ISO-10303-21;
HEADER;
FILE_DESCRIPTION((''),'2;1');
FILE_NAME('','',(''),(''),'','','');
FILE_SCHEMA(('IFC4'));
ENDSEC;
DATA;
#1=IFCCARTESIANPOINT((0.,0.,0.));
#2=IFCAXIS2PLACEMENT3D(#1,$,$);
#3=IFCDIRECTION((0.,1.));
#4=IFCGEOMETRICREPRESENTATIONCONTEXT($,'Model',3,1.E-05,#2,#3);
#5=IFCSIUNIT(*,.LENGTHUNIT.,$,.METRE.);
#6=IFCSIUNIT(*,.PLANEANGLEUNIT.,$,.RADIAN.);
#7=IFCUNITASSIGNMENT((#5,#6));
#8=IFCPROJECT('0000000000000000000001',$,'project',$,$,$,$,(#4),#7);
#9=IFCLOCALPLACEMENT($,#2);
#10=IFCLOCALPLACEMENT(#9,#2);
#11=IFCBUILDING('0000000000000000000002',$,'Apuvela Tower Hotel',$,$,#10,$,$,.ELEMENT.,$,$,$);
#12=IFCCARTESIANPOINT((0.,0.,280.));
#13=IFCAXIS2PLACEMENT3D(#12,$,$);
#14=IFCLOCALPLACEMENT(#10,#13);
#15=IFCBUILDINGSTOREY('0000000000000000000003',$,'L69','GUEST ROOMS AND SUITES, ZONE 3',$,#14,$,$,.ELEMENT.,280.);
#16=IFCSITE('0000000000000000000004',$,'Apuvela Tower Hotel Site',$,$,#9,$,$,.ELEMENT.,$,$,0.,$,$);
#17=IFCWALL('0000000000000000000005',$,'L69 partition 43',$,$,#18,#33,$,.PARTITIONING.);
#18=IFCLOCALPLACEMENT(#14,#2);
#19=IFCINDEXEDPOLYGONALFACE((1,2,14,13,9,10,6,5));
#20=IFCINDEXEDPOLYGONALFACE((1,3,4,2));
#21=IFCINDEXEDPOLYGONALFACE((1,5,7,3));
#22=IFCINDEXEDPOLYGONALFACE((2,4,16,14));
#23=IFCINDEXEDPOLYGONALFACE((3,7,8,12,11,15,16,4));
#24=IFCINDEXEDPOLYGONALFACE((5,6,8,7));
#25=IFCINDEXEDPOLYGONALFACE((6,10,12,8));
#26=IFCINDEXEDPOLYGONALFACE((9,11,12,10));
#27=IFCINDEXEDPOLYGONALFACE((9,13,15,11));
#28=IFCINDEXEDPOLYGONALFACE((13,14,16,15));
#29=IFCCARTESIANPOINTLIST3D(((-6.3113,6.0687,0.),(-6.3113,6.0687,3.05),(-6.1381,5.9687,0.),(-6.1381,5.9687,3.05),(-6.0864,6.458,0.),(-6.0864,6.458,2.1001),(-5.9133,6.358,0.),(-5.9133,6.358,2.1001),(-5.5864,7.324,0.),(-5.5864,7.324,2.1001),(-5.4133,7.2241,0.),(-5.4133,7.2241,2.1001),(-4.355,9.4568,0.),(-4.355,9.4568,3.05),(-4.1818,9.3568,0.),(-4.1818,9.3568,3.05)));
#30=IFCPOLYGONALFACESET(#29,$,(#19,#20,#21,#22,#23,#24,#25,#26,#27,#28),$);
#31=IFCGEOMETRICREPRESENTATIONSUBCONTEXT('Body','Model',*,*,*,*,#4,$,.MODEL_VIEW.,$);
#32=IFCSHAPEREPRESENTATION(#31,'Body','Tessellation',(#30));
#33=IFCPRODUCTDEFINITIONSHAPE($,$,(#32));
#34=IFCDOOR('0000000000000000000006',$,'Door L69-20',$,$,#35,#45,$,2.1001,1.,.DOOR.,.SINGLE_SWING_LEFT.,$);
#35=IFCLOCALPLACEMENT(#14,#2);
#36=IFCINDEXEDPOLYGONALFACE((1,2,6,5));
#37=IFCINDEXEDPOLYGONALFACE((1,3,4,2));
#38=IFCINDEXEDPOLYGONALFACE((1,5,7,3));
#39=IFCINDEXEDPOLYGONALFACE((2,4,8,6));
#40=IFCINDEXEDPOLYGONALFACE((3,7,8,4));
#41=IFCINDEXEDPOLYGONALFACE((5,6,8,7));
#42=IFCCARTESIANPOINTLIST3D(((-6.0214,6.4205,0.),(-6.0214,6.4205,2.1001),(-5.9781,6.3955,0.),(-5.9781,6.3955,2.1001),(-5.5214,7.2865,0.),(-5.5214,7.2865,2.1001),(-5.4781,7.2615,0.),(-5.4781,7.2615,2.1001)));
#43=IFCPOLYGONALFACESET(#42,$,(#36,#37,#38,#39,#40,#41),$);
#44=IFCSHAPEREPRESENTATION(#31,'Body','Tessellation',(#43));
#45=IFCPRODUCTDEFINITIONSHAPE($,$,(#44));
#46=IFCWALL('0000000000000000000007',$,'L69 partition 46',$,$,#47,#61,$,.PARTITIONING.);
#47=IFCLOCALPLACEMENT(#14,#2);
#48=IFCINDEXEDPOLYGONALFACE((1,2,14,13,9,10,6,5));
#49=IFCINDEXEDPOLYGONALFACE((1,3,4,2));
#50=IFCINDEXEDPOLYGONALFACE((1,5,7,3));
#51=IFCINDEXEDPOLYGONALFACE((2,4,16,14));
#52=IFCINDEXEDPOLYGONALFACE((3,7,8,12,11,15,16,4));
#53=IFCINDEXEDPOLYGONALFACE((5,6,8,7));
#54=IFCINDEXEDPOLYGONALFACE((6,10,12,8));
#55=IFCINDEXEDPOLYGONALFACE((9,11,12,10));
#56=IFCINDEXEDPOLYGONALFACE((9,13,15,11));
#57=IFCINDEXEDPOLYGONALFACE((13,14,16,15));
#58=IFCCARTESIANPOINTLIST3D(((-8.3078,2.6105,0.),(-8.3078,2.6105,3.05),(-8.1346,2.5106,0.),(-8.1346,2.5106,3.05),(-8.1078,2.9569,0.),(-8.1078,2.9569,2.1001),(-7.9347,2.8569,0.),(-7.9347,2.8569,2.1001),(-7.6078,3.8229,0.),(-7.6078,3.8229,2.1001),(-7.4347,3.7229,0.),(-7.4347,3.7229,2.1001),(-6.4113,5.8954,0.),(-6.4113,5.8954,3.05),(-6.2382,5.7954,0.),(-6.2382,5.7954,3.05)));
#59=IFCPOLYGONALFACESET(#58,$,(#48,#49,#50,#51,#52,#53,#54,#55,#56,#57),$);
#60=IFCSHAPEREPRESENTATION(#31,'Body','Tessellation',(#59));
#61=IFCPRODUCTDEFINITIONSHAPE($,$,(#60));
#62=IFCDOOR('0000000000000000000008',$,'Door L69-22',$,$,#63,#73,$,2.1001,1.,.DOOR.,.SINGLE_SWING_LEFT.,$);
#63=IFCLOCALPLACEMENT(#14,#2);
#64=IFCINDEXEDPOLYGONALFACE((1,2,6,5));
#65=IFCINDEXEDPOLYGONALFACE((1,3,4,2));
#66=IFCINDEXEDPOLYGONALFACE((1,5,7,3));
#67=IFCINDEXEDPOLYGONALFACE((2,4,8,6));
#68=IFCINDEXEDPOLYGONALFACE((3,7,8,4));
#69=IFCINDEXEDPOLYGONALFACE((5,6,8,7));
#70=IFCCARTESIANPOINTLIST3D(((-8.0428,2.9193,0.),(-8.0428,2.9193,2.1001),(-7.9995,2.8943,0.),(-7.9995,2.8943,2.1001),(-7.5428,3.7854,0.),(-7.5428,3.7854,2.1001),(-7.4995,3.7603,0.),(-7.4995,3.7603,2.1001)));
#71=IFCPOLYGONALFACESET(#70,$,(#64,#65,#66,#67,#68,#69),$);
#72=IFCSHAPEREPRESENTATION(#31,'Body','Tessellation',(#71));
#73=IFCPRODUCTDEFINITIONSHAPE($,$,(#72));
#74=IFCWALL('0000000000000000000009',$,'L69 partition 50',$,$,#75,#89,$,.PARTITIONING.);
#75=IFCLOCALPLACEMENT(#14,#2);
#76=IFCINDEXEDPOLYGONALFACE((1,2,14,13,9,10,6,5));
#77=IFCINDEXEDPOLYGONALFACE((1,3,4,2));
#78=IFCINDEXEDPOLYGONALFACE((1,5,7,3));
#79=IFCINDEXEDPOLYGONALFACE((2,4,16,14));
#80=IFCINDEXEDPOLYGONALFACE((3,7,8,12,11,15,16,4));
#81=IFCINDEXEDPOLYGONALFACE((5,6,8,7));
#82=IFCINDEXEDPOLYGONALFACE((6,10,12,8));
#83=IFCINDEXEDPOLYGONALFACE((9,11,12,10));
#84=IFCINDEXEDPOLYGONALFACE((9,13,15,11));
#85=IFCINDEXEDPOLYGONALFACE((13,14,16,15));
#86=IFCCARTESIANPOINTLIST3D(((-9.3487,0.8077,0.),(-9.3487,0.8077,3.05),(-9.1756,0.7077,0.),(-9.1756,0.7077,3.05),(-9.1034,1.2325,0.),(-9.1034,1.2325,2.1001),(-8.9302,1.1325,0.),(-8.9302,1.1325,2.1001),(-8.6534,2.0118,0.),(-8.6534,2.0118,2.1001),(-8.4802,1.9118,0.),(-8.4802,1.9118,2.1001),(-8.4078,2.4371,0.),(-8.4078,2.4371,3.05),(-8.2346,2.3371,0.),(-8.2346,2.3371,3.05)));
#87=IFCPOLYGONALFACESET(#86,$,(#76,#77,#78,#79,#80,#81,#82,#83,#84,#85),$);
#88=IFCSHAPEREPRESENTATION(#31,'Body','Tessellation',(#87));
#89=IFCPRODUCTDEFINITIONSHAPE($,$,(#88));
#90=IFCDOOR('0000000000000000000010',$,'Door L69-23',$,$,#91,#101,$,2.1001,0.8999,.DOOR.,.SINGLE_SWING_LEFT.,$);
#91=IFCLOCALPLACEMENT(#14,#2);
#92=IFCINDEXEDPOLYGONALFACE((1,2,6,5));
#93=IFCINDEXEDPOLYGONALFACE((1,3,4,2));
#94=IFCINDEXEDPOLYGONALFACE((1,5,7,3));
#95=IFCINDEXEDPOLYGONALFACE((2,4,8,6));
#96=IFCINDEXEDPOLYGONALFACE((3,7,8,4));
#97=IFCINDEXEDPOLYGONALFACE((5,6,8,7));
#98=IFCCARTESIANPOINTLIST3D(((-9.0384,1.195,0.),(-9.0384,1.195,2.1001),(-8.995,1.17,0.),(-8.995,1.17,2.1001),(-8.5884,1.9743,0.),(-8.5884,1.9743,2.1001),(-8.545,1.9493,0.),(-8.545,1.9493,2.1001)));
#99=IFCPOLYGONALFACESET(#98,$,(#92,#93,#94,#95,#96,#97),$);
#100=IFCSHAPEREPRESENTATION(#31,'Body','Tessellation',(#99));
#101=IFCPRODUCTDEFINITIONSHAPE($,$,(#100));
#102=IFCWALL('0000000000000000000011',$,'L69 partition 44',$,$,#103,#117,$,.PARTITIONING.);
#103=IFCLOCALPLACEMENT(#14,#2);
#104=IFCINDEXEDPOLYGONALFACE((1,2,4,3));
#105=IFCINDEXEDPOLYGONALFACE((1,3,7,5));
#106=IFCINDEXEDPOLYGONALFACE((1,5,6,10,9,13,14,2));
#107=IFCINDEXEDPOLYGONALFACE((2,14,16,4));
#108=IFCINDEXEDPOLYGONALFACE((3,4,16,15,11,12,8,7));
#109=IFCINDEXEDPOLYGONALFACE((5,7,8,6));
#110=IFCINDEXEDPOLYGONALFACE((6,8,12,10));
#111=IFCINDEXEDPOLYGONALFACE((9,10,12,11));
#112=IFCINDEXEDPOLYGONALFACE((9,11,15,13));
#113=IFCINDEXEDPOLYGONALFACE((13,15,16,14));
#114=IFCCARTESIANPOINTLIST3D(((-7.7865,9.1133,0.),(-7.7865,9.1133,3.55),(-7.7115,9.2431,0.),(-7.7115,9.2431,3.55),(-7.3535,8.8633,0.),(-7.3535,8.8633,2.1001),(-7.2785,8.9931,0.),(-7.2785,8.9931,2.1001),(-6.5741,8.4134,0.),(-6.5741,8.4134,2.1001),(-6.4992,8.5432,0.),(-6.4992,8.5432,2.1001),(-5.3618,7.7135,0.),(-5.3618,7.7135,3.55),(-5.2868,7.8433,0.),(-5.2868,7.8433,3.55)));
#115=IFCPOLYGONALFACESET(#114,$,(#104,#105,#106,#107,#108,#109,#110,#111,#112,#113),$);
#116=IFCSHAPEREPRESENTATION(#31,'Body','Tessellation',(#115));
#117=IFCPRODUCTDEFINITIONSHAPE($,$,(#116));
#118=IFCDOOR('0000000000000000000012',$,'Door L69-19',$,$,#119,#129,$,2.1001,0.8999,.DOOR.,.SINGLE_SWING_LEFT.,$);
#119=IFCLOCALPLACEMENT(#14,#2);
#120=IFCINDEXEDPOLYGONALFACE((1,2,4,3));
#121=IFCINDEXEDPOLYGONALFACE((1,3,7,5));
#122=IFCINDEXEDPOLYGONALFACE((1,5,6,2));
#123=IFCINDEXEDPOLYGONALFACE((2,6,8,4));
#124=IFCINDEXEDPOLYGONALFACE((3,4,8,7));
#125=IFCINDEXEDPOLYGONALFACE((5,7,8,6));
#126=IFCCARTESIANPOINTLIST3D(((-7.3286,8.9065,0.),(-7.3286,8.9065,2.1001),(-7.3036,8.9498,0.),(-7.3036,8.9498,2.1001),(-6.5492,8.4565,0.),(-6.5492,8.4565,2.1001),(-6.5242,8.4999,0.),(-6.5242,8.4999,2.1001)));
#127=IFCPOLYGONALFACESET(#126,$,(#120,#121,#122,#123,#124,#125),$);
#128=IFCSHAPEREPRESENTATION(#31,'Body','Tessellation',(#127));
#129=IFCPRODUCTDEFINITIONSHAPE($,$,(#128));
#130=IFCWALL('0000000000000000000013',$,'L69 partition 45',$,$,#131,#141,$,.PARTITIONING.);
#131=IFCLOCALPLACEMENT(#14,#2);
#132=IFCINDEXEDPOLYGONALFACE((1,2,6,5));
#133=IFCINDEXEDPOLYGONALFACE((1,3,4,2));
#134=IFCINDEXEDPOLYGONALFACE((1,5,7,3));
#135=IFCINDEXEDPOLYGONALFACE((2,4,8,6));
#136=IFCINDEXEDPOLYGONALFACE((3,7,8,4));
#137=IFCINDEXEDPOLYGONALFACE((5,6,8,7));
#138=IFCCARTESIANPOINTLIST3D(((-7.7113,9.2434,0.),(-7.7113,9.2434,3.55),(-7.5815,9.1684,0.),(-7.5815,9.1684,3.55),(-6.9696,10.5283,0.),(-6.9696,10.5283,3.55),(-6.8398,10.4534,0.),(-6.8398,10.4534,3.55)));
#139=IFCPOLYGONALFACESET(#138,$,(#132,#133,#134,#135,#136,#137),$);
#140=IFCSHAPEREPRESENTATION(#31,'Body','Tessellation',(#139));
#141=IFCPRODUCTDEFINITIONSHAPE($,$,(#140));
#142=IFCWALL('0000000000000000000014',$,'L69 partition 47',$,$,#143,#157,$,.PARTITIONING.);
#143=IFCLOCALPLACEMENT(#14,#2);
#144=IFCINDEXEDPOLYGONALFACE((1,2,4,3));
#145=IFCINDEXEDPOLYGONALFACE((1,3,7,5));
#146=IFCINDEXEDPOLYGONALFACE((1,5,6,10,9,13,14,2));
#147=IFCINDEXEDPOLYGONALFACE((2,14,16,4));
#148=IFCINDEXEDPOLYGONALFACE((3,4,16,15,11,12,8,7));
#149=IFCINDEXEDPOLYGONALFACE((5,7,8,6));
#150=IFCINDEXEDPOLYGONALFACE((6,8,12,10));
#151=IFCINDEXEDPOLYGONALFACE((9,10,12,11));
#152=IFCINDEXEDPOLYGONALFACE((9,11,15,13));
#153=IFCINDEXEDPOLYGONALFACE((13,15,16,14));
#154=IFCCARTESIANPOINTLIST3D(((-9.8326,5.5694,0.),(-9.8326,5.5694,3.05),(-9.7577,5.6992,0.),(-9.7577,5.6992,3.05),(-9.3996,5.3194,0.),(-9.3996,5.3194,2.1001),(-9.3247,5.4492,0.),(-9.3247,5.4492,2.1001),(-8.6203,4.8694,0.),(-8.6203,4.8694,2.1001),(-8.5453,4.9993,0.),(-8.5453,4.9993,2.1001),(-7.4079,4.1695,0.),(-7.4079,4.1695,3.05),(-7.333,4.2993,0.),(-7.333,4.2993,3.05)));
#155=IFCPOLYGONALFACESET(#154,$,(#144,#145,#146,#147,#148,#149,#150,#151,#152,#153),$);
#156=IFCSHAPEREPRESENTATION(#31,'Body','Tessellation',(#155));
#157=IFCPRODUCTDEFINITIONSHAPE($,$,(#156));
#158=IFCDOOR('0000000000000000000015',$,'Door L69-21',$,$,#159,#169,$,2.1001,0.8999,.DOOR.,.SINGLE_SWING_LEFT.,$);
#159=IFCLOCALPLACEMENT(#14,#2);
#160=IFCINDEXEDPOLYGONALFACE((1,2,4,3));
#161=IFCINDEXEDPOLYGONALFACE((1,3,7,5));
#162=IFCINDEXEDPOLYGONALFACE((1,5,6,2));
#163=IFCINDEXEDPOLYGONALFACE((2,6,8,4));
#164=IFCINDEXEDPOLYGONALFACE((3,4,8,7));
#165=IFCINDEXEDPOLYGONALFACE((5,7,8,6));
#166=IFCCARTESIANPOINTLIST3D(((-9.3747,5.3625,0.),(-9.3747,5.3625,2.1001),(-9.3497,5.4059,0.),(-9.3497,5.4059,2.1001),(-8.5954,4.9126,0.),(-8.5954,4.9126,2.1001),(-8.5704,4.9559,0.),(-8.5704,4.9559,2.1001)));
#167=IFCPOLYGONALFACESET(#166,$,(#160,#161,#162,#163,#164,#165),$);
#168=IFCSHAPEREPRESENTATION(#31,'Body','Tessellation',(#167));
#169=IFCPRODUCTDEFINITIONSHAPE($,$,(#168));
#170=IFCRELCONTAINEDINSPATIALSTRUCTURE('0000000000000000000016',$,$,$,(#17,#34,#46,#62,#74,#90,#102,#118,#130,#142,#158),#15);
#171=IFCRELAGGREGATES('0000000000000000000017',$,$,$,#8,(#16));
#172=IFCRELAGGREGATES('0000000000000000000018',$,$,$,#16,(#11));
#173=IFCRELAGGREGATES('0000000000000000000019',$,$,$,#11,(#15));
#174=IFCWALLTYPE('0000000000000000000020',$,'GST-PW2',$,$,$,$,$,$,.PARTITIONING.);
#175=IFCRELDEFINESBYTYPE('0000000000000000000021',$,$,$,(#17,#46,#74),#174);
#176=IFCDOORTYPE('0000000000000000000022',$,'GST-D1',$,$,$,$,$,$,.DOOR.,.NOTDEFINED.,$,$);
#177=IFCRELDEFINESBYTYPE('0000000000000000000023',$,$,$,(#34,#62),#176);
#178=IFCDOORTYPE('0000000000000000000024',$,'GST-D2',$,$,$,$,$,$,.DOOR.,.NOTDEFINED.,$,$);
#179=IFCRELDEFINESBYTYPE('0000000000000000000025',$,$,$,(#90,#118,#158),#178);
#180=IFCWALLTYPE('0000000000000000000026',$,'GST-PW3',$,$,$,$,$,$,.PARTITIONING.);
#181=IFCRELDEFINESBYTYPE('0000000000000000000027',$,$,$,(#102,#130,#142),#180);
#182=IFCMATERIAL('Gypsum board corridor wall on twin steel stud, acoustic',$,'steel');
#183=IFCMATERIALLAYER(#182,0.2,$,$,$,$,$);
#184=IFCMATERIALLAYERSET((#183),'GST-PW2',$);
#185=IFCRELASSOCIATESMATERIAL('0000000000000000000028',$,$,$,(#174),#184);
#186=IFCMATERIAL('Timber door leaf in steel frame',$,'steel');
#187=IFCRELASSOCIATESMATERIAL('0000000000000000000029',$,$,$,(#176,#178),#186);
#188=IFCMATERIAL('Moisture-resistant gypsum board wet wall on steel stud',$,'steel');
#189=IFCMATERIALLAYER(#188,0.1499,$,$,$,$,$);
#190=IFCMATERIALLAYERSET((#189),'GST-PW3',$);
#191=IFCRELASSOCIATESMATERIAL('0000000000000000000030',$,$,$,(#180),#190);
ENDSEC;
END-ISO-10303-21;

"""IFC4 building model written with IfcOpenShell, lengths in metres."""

from ifc_helpers import new_model, si_unit, direction, frame, frame_2d, origin, place, context, subcontext, project, spatial, rectangle, extrude, material, layer, layer_set, type_object, element, fill, save


model = new_model("IFC4")

# Units and contexts
model_context = context("Model", 3, precision=1e-05, world=origin(), true_north=direction((0.0, 1.0)))
body_context = subcontext(model_context, "Body", "Model", "MODEL_VIEW")
ifc_project = project(units=[si_unit("LENGTHUNIT", "METRE"), si_unit("PLANEANGLEUNIT", "RADIAN")], contexts=[model_context])

# Site, building, storey
site_placement = place(None, origin())
site = spatial("IfcSite", under=ifc_project, at=site_placement, Name="Apuvela Tower Hotel Site", CompositionType="ELEMENT", RefElevation=0.0)
building_placement = place(site_placement, origin())
building = spatial("IfcBuilding", under=site, at=building_placement, Name="Apuvela Tower Hotel", CompositionType="ELEMENT")
storey_placement = place(building_placement, frame((0.0, 0.0, 280.0)))
storey = spatial("IfcBuildingStorey", under=building, at=storey_placement, Name="L69", Description="GUEST ROOMS AND SUITES, ZONE 3", CompositionType="ELEMENT", Elevation=280.0)

# Walls, openings, doors
ifc_material_1 = material(Name="Gypsum board corridor wall on twin steel stud, acoustic", Category="steel")
ifc_layer_1 = layer(ifc_material_1, 0.2)
ifc_layer_set_1 = layer_set([ifc_layer_1], Name="GST-PW2")
wall_type_1 = type_object("IfcWallType", Name="GST-PW2", PredefinedType="PARTITIONING", material=ifc_layer_set_1)
ifc_material_2 = material(Name="Timber door leaf in steel frame", Category="steel")
door_type_1 = type_object("IfcDoorType", Name="GST-D1", OperationType="NOTDEFINED", PredefinedType="DOOR", material=ifc_material_2)
wall_1_placement = place(storey_placement, frame((-6.2246, 6.0188, 0.0), z_axis=(0.0, 0.0, 1.0), x_axis=(0.500025, 0.866011, 0.0)))
wall_1 = element("IfcWall", 1, at=wall_1_placement, inside=storey, type_object=wall_type_1, Name="L69 partition 43", PredefinedType="PARTITIONING", context=body_context, shape_type="SweptSolid", body=[
    extrude(rectangle(XDim=3.9124, YDim=0.2, at=frame_2d((1.9561, 0.0))), origin(), (0.0, 0.0, 1.0), 3.05),
])
opening_1_placement = place(wall_1_placement, frame((0.4495, 0.0, 0.0)))
opening_1 = element("IfcOpeningElement", 2, at=opening_1_placement, cuts=wall_1, PredefinedType="OPENING", context=body_context, shape_type="SweptSolid", body=[
    extrude(rectangle(XDim=1.0, YDim=2.1001, at=frame_2d((0.5, 1.05))), frame((0.0, 0.1099, 0.0), z_axis=(0.0, -1.0, 0.0), x_axis=(1.0, 0.0, 0.0)), (0.0, 0.0, 1.0), 0.22),
])
door_1_placement = place(opening_1_placement, origin())
door_1 = element("IfcDoor", 3, at=door_1_placement, inside=storey, type_object=door_type_1, Name="Door L69-20", OperationType="SINGLE_SWING_LEFT", OverallHeight=2.1001, OverallWidth=1.0, PredefinedType="DOOR", context=body_context, shape_type="SweptSolid", body=[
    extrude(rectangle(XDim=1.0, YDim=2.1001, at=frame_2d((0.5, 1.05))), frame((0.0, 0.0249, 0.0), z_axis=(0.0, -1.0, 0.0), x_axis=(1.0, 0.0, 0.0)), (0.0, 0.0, 1.0), 0.05),
])
fill(opening_1, door_1)
wall_2_placement = place(storey_placement, frame((-8.2212, 2.5605, 0.0), z_axis=(0.0, 0.0, 1.0), x_axis=(0.499988, 0.866032, 0.0)))
wall_2 = element("IfcWall", 4, at=wall_2_placement, inside=storey, type_object=wall_type_1, Name="L69 partition 46", PredefinedType="PARTITIONING", context=body_context, shape_type="SweptSolid", body=[
    extrude(rectangle(XDim=3.793, YDim=0.2, at=frame_2d((1.8965, 0.0))), origin(), (0.0, 0.0, 1.0), 3.05),
])
opening_2_placement = place(wall_2_placement, frame((0.3999, 0.0, 0.0)))
opening_2 = element("IfcOpeningElement", 5, at=opening_2_placement, cuts=wall_2, PredefinedType="OPENING", context=body_context, shape_type="SweptSolid", body=[
    extrude(rectangle(XDim=1.0, YDim=2.1001, at=frame_2d((0.5, 1.05))), frame((0.0, 0.1099, 0.0), z_axis=(0.0, -1.0, 0.0), x_axis=(1.0, 0.0, 0.0)), (0.0, 0.0, 1.0), 0.22),
])
door_2_placement = place(opening_2_placement, origin())
door_2 = element("IfcDoor", 6, at=door_2_placement, inside=storey, type_object=door_type_1, Name="Door L69-22", OperationType="SINGLE_SWING_LEFT", OverallHeight=2.1001, OverallWidth=1.0, PredefinedType="DOOR", context=body_context, shape_type="SweptSolid", body=[
    extrude(rectangle(XDim=1.0, YDim=2.1001, at=frame_2d((0.5, 1.05))), frame((0.0, 0.0249, 0.0), z_axis=(0.0, -1.0, 0.0), x_axis=(1.0, 0.0, 0.0)), (0.0, 0.0, 1.0), 0.05),
])
fill(opening_2, door_2)
wall_3_placement = place(storey_placement, frame((-9.2622, 0.7576, 0.0), z_axis=(0.0, 0.0, 1.0), x_axis=(0.500074, 0.865982, 0.0)))
wall_3 = element("IfcWall", 7, at=wall_3_placement, inside=storey, type_object=wall_type_1, Name="L69 partition 50", PredefinedType="PARTITIONING", context=body_context, shape_type="SweptSolid", body=[
    extrude(rectangle(XDim=1.8816, YDim=0.2, at=frame_2d((0.9409, 0.0))), origin(), (0.0, 0.0, 1.0), 3.05),
])
opening_3_placement = place(wall_3_placement, frame((0.4907, 0.0, 0.0)))
opening_3 = element("IfcOpeningElement", 8, at=opening_3_placement, cuts=wall_3, PredefinedType="OPENING", context=body_context, shape_type="SweptSolid", body=[
    extrude(rectangle(XDim=0.8999, YDim=2.1001, at=frame_2d((0.45, 1.05))), frame((0.0, 0.1099, 0.0), z_axis=(0.0, -1.0, 0.0), x_axis=(1.0, 0.0, 0.0)), (0.0, 0.0, 1.0), 0.22),
])
door_type_2 = type_object("IfcDoorType", Name="GST-D2", OperationType="NOTDEFINED", PredefinedType="DOOR", material=ifc_material_2)
door_3_placement = place(opening_3_placement, origin())
door_3 = element("IfcDoor", 9, at=door_3_placement, inside=storey, type_object=door_type_2, Name="Door L69-23", OperationType="SINGLE_SWING_LEFT", OverallHeight=2.1001, OverallWidth=0.8999, PredefinedType="DOOR", context=body_context, shape_type="SweptSolid", body=[
    extrude(rectangle(XDim=0.8999, YDim=2.1001, at=frame_2d((0.45, 1.05))), frame((0.0, 0.0249, 0.0), z_axis=(0.0, -1.0, 0.0), x_axis=(1.0, 0.0, 0.0)), (0.0, 0.0, 1.0), 0.05),
])
fill(opening_3, door_3)
ifc_material_3 = material(Name="Moisture-resistant gypsum board wet wall on steel stud", Category="steel")
ifc_layer_2 = layer(ifc_material_3, 0.1499)
ifc_layer_set_2 = layer_set([ifc_layer_2], Name="GST-PW3")
wall_type_2 = type_object("IfcWallType", Name="GST-PW3", PredefinedType="PARTITIONING", material=ifc_layer_set_2)
wall_4_placement = place(storey_placement, frame((-7.749, 9.1782, 0.0), z_axis=(0.0, 0.0, 1.0), x_axis=(0.866035, -0.499984, 0.0)))
wall_4 = element("IfcWall", 10, at=wall_4_placement, inside=storey, type_object=wall_type_2, Name="L69 partition 44", PredefinedType="PARTITIONING", context=body_context, shape_type="SweptSolid", body=[
    extrude(rectangle(XDim=2.7998, YDim=0.1499, at=frame_2d((1.3999, 0.0))), origin(), (0.0, 0.0, 1.0), 3.55),
])
opening_4_placement = place(wall_4_placement, frame((0.5, 0.0, 0.0)))
opening_4 = element("IfcOpeningElement", 11, at=opening_4_placement, cuts=wall_4, PredefinedType="OPENING", context=body_context, shape_type="SweptSolid", body=[
    extrude(rectangle(XDim=0.8999, YDim=2.1001, at=frame_2d((0.45, 1.05))), frame((0.0, 0.085, 0.0), z_axis=(0.0, -1.0, 0.0), x_axis=(1.0, 0.0, 0.0)), (0.0, 0.0, 1.0), 0.1699),
])
door_4_placement = place(opening_4_placement, origin())
door_4 = element("IfcDoor", 12, at=door_4_placement, inside=storey, type_object=door_type_2, Name="Door L69-19", OperationType="SINGLE_SWING_LEFT", OverallHeight=2.1001, OverallWidth=0.8999, PredefinedType="DOOR", context=body_context, shape_type="SweptSolid", body=[
    extrude(rectangle(XDim=0.8999, YDim=2.1001, at=frame_2d((0.45, 1.05))), frame((0.0, 0.0249, 0.0), z_axis=(0.0, -1.0, 0.0), x_axis=(1.0, 0.0, 0.0)), (0.0, 0.0, 1.0), 0.05),
])
fill(opening_4, door_4)

# Wall
wall_5_placement = place(storey_placement, frame((-6.9048, 10.4907, 0.0), z_axis=(0.0, 0.0, 1.0), x_axis=(-0.499927, -0.866068, 0.0)))
element("IfcWall", 13, at=wall_5_placement, inside=storey, type_object=wall_type_2, Name="L69 partition 45", PredefinedType="PARTITIONING", context=body_context, shape_type="SweptSolid", body=[
    extrude(rectangle(XDim=1.4836, YDim=0.1499, at=frame_2d((0.7417, 0.0))), origin(), (0.0, 0.0, 1.0), 3.55),
])

# Wall, opening, door
wall_6_placement = place(storey_placement, frame((-9.7952, 5.6343, 0.0), z_axis=(0.0, 0.0, 1.0), x_axis=(0.866035, -0.499984, 0.0)))
wall_6 = element("IfcWall", 14, at=wall_6_placement, inside=storey, type_object=wall_type_2, Name="L69 partition 47", PredefinedType="PARTITIONING", context=body_context, shape_type="SweptSolid", body=[
    extrude(rectangle(XDim=2.7998, YDim=0.1499, at=frame_2d((1.3999, 0.0))), origin(), (0.0, 0.0, 1.0), 3.05),
])
opening_5_placement = place(wall_6_placement, frame((0.5, 0.0, 0.0)))
opening_5 = element("IfcOpeningElement", 15, at=opening_5_placement, cuts=wall_6, PredefinedType="OPENING", context=body_context, shape_type="SweptSolid", body=[
    extrude(rectangle(XDim=0.8999, YDim=2.1001, at=frame_2d((0.45, 1.05))), frame((0.0, 0.085, 0.0), z_axis=(0.0, -1.0, 0.0), x_axis=(1.0, 0.0, 0.0)), (0.0, 0.0, 1.0), 0.1699),
])
door_5_placement = place(opening_5_placement, origin())
door_5 = element("IfcDoor", 16, at=door_5_placement, inside=storey, type_object=door_type_2, Name="Door L69-21", OperationType="SINGLE_SWING_LEFT", OverallHeight=2.1001, OverallWidth=0.8999, PredefinedType="DOOR", context=body_context, shape_type="SweptSolid", body=[
    extrude(rectangle(XDim=0.8999, YDim=2.1001, at=frame_2d((0.45, 1.05))), frame((0.0, 0.0249, 0.0), z_axis=(0.0, -1.0, 0.0), x_axis=(1.0, 0.0, 0.0)), (0.0, 0.0, 1.0), 0.05),
])
fill(opening_5, door_5)

save(model, "model.ifc")
